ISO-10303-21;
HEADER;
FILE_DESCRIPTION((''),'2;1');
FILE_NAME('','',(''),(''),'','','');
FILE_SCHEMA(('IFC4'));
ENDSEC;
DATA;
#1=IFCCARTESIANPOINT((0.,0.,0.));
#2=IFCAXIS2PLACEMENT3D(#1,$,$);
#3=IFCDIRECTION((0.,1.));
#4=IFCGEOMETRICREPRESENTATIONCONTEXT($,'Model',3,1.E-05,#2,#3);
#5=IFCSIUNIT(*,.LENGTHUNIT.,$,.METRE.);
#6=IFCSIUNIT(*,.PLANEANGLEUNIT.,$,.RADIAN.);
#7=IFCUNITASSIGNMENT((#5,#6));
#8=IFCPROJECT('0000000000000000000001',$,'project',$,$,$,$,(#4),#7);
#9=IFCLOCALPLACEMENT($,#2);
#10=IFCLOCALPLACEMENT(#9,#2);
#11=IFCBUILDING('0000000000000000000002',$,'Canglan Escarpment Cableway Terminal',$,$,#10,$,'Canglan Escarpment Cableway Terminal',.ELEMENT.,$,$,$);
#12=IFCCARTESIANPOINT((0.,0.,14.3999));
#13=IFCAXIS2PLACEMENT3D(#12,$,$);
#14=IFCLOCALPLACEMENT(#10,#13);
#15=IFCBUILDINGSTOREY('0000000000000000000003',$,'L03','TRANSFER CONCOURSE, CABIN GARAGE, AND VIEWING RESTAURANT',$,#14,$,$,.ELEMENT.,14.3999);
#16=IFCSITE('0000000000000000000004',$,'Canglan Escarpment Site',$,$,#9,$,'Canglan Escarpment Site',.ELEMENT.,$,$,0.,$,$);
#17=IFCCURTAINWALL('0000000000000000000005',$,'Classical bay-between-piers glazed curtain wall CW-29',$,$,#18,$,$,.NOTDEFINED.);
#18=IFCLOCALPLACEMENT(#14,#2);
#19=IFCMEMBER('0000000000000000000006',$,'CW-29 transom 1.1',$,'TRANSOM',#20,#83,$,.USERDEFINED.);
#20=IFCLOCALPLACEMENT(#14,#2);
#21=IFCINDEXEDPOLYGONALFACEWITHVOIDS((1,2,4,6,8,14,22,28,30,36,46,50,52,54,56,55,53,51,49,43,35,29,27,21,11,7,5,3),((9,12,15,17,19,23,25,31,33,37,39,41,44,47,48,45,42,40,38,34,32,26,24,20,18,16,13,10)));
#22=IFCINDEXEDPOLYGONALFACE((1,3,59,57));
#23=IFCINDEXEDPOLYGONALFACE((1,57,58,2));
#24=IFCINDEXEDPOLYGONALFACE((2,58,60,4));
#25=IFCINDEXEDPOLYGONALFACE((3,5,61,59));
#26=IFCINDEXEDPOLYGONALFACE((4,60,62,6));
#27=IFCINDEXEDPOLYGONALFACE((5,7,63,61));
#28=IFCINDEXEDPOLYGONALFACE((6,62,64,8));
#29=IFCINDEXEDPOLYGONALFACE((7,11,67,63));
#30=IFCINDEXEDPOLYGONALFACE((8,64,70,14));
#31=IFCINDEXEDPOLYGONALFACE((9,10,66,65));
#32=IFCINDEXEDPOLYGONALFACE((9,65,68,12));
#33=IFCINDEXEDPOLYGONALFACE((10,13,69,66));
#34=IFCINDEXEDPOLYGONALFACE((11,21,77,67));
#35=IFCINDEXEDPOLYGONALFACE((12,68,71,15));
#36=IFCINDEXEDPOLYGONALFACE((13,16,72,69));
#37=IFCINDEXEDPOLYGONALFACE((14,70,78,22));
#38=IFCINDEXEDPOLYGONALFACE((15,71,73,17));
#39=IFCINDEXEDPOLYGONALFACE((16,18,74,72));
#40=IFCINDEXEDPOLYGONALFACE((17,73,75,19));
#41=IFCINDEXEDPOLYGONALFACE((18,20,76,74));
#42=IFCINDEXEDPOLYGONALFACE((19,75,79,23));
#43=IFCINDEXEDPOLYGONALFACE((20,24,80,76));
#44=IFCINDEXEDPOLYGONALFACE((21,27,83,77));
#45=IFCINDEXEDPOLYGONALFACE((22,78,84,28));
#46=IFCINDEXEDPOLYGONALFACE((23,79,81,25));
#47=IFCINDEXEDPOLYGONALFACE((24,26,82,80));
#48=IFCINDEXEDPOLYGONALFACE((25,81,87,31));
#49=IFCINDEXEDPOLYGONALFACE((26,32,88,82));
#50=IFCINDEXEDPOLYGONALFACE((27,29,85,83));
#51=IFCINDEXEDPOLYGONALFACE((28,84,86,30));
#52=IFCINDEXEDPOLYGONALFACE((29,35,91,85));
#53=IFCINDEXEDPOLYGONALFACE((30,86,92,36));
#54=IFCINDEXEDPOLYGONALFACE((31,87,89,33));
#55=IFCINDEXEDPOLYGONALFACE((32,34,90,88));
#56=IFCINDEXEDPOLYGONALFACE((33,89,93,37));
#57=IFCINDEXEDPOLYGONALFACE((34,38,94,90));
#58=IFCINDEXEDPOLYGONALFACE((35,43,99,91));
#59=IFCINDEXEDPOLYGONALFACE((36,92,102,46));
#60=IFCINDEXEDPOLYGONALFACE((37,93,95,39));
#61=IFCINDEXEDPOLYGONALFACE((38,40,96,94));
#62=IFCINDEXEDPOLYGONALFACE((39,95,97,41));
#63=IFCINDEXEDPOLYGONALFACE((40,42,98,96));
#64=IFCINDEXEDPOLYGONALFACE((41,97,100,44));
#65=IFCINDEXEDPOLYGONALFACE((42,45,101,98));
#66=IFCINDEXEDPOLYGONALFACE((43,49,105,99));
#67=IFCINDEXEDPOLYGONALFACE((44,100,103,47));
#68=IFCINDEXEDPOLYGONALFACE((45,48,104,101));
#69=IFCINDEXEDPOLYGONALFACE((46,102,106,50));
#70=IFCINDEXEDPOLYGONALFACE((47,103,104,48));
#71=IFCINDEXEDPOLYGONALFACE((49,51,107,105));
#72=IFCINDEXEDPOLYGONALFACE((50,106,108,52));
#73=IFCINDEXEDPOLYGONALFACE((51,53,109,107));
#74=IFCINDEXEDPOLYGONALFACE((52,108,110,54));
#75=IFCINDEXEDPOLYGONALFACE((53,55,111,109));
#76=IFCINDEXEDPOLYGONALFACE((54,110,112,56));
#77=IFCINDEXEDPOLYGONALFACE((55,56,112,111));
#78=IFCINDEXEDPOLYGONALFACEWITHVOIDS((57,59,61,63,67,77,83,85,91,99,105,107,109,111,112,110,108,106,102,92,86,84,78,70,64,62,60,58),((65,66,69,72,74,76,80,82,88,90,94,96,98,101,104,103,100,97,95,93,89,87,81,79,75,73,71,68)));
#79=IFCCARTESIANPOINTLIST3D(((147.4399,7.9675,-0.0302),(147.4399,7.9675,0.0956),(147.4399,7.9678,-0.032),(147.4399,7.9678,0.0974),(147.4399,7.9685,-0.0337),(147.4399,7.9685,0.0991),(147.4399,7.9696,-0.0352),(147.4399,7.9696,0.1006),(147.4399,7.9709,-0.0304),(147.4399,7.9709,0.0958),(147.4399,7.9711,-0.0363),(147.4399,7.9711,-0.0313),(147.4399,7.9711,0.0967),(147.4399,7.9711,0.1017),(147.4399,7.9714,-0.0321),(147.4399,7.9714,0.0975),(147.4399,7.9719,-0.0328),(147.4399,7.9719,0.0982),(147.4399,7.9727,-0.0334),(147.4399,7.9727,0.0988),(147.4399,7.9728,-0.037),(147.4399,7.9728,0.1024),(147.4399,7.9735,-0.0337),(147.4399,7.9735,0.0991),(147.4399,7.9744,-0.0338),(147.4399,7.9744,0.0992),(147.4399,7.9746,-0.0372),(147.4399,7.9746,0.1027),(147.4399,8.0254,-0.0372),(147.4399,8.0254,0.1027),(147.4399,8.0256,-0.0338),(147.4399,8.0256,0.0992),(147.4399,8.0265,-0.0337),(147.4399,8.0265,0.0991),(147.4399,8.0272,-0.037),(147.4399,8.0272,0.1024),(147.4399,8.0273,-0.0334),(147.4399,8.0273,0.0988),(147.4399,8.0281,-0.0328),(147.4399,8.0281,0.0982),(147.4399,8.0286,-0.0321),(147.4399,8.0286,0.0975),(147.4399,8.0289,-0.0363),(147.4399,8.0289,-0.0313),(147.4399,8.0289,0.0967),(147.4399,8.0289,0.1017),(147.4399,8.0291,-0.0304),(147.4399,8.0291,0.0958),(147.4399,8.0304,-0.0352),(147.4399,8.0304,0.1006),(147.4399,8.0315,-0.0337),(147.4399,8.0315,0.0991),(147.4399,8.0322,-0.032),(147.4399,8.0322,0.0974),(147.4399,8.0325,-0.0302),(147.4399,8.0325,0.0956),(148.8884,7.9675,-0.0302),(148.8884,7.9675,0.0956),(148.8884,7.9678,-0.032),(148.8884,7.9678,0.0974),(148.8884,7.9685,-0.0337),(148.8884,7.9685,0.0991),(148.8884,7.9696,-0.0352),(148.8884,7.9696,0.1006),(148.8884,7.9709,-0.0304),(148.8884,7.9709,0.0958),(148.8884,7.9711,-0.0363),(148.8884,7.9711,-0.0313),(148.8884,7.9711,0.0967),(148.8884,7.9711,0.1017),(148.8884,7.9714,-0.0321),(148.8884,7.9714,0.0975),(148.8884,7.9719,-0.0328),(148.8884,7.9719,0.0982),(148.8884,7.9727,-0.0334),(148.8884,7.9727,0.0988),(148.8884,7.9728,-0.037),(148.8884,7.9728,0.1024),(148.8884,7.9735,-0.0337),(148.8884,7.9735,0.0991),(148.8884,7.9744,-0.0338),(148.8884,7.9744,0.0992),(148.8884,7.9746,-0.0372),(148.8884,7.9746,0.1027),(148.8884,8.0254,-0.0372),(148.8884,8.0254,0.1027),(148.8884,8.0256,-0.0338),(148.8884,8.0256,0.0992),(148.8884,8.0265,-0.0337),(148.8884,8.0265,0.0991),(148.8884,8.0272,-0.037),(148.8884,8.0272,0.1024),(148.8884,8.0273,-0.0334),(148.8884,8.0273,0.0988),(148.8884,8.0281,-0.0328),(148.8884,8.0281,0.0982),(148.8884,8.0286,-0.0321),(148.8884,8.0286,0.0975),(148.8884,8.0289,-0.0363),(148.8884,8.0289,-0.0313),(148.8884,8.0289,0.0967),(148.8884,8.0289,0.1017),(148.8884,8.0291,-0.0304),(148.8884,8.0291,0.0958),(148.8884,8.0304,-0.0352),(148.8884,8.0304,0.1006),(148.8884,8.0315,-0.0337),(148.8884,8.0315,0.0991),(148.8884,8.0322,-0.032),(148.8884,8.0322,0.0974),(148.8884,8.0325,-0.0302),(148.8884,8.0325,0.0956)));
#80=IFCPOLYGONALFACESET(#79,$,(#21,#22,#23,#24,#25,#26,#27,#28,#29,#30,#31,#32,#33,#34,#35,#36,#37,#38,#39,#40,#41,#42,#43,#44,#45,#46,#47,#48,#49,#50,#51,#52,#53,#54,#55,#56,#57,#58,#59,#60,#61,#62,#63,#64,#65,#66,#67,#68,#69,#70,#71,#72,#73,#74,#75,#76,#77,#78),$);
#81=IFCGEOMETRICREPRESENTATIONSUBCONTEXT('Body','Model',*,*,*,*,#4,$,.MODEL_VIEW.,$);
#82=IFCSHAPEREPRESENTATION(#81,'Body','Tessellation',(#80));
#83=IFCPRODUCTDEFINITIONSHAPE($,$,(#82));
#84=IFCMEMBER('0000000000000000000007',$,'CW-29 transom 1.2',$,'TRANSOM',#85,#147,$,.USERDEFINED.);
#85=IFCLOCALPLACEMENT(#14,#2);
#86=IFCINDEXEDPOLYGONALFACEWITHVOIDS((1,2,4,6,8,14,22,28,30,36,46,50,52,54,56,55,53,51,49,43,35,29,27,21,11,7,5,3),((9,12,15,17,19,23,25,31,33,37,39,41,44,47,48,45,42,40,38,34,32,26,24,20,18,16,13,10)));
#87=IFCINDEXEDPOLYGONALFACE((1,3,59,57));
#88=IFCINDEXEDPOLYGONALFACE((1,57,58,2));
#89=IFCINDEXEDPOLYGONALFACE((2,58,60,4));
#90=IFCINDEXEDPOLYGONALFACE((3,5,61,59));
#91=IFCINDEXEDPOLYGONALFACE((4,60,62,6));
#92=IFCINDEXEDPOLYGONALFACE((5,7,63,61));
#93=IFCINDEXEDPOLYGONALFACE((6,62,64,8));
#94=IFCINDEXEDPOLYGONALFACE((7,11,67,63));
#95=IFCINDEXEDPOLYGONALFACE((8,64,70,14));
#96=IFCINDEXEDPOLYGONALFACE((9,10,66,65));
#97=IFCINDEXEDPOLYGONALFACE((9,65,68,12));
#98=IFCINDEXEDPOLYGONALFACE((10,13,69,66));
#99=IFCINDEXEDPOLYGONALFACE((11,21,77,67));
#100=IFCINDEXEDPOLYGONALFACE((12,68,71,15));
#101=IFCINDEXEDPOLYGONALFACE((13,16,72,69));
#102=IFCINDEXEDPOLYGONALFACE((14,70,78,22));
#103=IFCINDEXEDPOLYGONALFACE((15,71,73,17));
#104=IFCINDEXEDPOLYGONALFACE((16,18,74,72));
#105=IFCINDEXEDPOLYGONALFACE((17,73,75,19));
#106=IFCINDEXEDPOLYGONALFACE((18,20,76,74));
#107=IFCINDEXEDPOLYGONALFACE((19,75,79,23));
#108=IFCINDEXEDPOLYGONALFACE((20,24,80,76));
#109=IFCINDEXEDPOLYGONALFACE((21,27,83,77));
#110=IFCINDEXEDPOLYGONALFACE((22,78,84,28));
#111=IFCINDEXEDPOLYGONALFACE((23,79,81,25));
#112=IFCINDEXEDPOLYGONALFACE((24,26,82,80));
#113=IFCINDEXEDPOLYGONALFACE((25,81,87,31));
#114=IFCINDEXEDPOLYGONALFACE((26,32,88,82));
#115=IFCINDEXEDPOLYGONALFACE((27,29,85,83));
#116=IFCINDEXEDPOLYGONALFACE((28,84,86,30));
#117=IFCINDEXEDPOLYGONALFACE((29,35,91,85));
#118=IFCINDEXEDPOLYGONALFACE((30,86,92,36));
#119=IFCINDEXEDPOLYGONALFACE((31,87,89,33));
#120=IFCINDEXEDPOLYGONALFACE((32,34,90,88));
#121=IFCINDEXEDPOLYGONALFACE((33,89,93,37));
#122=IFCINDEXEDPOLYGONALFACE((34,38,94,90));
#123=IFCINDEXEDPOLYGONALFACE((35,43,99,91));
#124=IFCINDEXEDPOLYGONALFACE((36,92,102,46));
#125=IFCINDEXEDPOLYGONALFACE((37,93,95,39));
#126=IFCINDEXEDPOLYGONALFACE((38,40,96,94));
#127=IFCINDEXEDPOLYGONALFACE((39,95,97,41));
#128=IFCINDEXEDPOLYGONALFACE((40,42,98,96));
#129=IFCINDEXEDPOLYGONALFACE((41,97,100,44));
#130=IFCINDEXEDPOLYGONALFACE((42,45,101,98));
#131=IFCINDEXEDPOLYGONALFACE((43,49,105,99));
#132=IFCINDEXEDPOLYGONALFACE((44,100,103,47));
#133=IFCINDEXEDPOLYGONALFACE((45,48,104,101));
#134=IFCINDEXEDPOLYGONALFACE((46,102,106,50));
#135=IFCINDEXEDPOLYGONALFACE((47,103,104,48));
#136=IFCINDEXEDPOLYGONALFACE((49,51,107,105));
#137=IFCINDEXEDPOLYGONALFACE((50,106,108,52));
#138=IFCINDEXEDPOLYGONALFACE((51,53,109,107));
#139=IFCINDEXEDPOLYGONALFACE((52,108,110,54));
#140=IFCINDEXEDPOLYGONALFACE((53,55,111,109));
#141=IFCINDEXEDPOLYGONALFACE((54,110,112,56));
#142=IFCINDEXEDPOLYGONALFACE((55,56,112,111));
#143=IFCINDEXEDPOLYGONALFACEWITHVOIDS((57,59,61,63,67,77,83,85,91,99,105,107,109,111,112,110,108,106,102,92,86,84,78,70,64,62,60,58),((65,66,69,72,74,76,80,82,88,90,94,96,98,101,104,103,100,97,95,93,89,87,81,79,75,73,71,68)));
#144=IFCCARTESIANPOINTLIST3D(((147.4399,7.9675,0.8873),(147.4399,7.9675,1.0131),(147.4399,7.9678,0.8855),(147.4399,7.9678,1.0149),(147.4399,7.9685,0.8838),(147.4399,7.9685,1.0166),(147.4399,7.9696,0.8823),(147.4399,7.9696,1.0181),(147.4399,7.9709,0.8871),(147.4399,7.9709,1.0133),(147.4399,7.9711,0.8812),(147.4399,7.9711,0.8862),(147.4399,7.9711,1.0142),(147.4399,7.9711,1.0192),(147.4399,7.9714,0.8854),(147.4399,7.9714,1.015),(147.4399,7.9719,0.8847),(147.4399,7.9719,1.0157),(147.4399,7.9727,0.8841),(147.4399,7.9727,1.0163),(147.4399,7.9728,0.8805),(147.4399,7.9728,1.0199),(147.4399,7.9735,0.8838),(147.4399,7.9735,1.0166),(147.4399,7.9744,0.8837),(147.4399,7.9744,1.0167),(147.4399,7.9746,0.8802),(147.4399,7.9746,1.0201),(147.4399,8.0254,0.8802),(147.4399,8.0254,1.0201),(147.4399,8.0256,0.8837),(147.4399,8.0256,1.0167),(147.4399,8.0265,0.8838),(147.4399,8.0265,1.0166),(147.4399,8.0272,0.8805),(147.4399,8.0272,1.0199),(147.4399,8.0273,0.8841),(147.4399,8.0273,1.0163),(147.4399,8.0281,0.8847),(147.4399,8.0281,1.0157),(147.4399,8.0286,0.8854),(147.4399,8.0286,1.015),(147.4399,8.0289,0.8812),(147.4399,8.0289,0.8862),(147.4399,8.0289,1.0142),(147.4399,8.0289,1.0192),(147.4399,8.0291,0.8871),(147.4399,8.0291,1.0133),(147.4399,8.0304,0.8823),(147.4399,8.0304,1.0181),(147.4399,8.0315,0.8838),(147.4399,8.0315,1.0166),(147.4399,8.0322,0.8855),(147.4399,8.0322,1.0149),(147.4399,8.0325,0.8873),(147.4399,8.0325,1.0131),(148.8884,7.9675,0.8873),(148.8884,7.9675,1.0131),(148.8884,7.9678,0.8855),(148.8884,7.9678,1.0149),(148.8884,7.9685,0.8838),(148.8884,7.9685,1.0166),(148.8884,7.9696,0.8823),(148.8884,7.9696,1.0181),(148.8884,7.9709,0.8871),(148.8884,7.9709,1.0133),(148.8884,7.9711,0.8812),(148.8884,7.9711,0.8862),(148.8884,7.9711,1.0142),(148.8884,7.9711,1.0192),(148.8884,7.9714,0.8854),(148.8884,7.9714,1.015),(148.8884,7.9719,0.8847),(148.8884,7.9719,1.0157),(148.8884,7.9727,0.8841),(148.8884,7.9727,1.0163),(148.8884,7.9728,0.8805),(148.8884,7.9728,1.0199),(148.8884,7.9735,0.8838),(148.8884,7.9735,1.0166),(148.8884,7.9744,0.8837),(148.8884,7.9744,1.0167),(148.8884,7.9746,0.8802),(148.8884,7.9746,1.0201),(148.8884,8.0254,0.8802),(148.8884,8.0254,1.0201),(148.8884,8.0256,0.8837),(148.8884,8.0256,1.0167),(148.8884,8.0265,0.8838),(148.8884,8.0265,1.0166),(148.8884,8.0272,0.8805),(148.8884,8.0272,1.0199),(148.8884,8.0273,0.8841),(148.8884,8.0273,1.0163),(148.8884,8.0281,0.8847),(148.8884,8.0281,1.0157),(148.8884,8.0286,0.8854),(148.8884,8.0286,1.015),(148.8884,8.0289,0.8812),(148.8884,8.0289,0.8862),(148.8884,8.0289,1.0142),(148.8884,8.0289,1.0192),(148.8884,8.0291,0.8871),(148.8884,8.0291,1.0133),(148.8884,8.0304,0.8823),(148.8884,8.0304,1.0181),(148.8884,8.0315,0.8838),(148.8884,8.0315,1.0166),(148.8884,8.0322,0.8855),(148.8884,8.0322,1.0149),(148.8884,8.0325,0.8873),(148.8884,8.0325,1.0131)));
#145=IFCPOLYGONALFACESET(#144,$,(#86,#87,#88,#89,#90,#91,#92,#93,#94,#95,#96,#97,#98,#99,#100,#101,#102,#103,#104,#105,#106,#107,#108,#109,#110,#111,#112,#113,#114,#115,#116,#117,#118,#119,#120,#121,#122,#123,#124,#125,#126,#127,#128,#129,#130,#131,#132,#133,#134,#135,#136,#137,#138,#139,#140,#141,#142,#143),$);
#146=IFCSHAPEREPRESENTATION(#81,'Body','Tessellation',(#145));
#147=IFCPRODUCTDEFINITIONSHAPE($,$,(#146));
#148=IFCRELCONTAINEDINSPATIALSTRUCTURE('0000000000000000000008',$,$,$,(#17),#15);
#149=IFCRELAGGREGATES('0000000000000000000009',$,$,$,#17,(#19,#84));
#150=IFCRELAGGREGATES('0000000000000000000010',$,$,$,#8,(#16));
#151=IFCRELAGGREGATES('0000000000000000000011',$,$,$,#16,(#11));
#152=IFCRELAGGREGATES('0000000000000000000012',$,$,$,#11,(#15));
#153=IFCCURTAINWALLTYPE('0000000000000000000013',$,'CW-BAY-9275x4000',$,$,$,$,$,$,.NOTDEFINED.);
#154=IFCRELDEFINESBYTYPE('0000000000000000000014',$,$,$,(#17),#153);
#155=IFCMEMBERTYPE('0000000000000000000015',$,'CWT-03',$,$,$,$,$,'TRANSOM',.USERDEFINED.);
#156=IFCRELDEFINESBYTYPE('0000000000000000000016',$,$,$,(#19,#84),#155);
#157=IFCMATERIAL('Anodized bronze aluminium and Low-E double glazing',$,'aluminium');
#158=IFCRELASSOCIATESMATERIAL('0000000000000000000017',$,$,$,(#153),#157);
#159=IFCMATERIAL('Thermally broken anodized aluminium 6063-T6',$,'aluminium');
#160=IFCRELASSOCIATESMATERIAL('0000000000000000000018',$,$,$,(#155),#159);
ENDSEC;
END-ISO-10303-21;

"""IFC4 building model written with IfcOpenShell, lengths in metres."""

from ifc_helpers import new_model, si_unit, direction, frame, origin, origin_2d, place, context, subcontext, project, spatial, hollow_rectangle, extrude, material, material_profile, profile_set, type_object, element, aggregate, save


model = new_model("IFC4")

# Units and contexts
model_context = context("Model", 3, precision=1e-05, world=origin(), true_north=direction((0.0, 1.0)))
body_context = subcontext(model_context, "Body", "Model", "MODEL_VIEW")
ifc_project = project(units=[si_unit("LENGTHUNIT", "METRE"), si_unit("PLANEANGLEUNIT", "RADIAN")], contexts=[model_context])

# Site, building, storey
site_placement = place(None, origin())
site = spatial("IfcSite", under=ifc_project, at=site_placement, Name="Canglan Escarpment Site", LongName="Canglan Escarpment Site", CompositionType="ELEMENT", RefElevation=0.0)
building_placement = place(site_placement, origin())
building = spatial("IfcBuilding", under=site, at=building_placement, Name="Canglan Escarpment Cableway Terminal", LongName="Canglan Escarpment Cableway Terminal", CompositionType="ELEMENT")
storey_placement = place(building_placement, frame((0.0, 0.0, 14.3999)))
storey = spatial("IfcBuildingStorey", under=building, at=storey_placement, Name="L03", Description="TRANSFER CONCOURSE, CABIN GARAGE, AND VIEWING RESTAURANT", CompositionType="ELEMENT", Elevation=14.3999)

# Curtain wall, members
ifc_material_1 = material(Name="Anodized bronze aluminium and Low-E double glazing", Category="aluminium")
curtain_wall_type = type_object("IfcCurtainWallType", Name="CW-BAY-9275x4000", PredefinedType="NOTDEFINED", material=ifc_material_1)
curtain_wall_placement = place(storey_placement, origin())
curtain_wall = element("IfcCurtainWall", 1, at=curtain_wall_placement, inside=storey, type_object=curtain_wall_type, Name="Classical bay-between-piers glazed curtain wall CW-29", PredefinedType="NOTDEFINED")
ifc_material_2 = material(Name="Thermally broken anodized aluminium 6063-T6", Category="aluminium")
ifc_material_profile_1 = material_profile(ifc_material_2, hollow_rectangle(XDim=0.0649, YDim=0.1399, WallThickness=0.0034, InnerFilletRadius=0.0034, OuterFilletRadius=0.0071, at=origin_2d()), Name="ALU-TRAN 65x140x3.5")
ifc_profile_set_1 = profile_set([ifc_material_profile_1], Name="Thermally broken anodized aluminium 6063-T6")
member_type_1 = type_object("IfcMemberType", Name="CWT-03", ElementType="TRANSOM", PredefinedType="USERDEFINED", material=ifc_profile_set_1)
member_1_placement = place(storey_placement, frame((147.4399, 8.0, 0.0327), z_axis=(1.0, 0.0, 0.0), x_axis=(0.0, 1.0, 0.0)))
member_1 = element("IfcMember", 2, at=member_1_placement, type_object=member_type_1, Name="CW-29 transom 1.1", ObjectType="TRANSOM", PredefinedType="USERDEFINED", context=body_context, shape_type="SweptSolid", body=[
    extrude(hollow_rectangle(XDim=0.0649, YDim=0.1399, WallThickness=0.0034, InnerFilletRadius=0.0034, OuterFilletRadius=0.0071, at=origin_2d()), origin(), (0.0, 0.0, 1.0), 1.4485),
])
member_2_placement = place(storey_placement, frame((147.4399, 8.0, 0.9502), z_axis=(1.0, 0.0, 0.0), x_axis=(0.0, 1.0, 0.0)))
member_2 = element("IfcMember", 3, at=member_2_placement, type_object=member_type_1, Name="CW-29 transom 1.2", ObjectType="TRANSOM", PredefinedType="USERDEFINED", context=body_context, shape_type="SweptSolid", body=[
    extrude(hollow_rectangle(XDim=0.0649, YDim=0.1399, WallThickness=0.0034, InnerFilletRadius=0.0034, OuterFilletRadius=0.0071, at=origin_2d()), origin(), (0.0, 0.0, 1.0), 1.4485),
])
aggregate(curtain_wall, [member_1, member_2])

save(model, "model.ifc")
